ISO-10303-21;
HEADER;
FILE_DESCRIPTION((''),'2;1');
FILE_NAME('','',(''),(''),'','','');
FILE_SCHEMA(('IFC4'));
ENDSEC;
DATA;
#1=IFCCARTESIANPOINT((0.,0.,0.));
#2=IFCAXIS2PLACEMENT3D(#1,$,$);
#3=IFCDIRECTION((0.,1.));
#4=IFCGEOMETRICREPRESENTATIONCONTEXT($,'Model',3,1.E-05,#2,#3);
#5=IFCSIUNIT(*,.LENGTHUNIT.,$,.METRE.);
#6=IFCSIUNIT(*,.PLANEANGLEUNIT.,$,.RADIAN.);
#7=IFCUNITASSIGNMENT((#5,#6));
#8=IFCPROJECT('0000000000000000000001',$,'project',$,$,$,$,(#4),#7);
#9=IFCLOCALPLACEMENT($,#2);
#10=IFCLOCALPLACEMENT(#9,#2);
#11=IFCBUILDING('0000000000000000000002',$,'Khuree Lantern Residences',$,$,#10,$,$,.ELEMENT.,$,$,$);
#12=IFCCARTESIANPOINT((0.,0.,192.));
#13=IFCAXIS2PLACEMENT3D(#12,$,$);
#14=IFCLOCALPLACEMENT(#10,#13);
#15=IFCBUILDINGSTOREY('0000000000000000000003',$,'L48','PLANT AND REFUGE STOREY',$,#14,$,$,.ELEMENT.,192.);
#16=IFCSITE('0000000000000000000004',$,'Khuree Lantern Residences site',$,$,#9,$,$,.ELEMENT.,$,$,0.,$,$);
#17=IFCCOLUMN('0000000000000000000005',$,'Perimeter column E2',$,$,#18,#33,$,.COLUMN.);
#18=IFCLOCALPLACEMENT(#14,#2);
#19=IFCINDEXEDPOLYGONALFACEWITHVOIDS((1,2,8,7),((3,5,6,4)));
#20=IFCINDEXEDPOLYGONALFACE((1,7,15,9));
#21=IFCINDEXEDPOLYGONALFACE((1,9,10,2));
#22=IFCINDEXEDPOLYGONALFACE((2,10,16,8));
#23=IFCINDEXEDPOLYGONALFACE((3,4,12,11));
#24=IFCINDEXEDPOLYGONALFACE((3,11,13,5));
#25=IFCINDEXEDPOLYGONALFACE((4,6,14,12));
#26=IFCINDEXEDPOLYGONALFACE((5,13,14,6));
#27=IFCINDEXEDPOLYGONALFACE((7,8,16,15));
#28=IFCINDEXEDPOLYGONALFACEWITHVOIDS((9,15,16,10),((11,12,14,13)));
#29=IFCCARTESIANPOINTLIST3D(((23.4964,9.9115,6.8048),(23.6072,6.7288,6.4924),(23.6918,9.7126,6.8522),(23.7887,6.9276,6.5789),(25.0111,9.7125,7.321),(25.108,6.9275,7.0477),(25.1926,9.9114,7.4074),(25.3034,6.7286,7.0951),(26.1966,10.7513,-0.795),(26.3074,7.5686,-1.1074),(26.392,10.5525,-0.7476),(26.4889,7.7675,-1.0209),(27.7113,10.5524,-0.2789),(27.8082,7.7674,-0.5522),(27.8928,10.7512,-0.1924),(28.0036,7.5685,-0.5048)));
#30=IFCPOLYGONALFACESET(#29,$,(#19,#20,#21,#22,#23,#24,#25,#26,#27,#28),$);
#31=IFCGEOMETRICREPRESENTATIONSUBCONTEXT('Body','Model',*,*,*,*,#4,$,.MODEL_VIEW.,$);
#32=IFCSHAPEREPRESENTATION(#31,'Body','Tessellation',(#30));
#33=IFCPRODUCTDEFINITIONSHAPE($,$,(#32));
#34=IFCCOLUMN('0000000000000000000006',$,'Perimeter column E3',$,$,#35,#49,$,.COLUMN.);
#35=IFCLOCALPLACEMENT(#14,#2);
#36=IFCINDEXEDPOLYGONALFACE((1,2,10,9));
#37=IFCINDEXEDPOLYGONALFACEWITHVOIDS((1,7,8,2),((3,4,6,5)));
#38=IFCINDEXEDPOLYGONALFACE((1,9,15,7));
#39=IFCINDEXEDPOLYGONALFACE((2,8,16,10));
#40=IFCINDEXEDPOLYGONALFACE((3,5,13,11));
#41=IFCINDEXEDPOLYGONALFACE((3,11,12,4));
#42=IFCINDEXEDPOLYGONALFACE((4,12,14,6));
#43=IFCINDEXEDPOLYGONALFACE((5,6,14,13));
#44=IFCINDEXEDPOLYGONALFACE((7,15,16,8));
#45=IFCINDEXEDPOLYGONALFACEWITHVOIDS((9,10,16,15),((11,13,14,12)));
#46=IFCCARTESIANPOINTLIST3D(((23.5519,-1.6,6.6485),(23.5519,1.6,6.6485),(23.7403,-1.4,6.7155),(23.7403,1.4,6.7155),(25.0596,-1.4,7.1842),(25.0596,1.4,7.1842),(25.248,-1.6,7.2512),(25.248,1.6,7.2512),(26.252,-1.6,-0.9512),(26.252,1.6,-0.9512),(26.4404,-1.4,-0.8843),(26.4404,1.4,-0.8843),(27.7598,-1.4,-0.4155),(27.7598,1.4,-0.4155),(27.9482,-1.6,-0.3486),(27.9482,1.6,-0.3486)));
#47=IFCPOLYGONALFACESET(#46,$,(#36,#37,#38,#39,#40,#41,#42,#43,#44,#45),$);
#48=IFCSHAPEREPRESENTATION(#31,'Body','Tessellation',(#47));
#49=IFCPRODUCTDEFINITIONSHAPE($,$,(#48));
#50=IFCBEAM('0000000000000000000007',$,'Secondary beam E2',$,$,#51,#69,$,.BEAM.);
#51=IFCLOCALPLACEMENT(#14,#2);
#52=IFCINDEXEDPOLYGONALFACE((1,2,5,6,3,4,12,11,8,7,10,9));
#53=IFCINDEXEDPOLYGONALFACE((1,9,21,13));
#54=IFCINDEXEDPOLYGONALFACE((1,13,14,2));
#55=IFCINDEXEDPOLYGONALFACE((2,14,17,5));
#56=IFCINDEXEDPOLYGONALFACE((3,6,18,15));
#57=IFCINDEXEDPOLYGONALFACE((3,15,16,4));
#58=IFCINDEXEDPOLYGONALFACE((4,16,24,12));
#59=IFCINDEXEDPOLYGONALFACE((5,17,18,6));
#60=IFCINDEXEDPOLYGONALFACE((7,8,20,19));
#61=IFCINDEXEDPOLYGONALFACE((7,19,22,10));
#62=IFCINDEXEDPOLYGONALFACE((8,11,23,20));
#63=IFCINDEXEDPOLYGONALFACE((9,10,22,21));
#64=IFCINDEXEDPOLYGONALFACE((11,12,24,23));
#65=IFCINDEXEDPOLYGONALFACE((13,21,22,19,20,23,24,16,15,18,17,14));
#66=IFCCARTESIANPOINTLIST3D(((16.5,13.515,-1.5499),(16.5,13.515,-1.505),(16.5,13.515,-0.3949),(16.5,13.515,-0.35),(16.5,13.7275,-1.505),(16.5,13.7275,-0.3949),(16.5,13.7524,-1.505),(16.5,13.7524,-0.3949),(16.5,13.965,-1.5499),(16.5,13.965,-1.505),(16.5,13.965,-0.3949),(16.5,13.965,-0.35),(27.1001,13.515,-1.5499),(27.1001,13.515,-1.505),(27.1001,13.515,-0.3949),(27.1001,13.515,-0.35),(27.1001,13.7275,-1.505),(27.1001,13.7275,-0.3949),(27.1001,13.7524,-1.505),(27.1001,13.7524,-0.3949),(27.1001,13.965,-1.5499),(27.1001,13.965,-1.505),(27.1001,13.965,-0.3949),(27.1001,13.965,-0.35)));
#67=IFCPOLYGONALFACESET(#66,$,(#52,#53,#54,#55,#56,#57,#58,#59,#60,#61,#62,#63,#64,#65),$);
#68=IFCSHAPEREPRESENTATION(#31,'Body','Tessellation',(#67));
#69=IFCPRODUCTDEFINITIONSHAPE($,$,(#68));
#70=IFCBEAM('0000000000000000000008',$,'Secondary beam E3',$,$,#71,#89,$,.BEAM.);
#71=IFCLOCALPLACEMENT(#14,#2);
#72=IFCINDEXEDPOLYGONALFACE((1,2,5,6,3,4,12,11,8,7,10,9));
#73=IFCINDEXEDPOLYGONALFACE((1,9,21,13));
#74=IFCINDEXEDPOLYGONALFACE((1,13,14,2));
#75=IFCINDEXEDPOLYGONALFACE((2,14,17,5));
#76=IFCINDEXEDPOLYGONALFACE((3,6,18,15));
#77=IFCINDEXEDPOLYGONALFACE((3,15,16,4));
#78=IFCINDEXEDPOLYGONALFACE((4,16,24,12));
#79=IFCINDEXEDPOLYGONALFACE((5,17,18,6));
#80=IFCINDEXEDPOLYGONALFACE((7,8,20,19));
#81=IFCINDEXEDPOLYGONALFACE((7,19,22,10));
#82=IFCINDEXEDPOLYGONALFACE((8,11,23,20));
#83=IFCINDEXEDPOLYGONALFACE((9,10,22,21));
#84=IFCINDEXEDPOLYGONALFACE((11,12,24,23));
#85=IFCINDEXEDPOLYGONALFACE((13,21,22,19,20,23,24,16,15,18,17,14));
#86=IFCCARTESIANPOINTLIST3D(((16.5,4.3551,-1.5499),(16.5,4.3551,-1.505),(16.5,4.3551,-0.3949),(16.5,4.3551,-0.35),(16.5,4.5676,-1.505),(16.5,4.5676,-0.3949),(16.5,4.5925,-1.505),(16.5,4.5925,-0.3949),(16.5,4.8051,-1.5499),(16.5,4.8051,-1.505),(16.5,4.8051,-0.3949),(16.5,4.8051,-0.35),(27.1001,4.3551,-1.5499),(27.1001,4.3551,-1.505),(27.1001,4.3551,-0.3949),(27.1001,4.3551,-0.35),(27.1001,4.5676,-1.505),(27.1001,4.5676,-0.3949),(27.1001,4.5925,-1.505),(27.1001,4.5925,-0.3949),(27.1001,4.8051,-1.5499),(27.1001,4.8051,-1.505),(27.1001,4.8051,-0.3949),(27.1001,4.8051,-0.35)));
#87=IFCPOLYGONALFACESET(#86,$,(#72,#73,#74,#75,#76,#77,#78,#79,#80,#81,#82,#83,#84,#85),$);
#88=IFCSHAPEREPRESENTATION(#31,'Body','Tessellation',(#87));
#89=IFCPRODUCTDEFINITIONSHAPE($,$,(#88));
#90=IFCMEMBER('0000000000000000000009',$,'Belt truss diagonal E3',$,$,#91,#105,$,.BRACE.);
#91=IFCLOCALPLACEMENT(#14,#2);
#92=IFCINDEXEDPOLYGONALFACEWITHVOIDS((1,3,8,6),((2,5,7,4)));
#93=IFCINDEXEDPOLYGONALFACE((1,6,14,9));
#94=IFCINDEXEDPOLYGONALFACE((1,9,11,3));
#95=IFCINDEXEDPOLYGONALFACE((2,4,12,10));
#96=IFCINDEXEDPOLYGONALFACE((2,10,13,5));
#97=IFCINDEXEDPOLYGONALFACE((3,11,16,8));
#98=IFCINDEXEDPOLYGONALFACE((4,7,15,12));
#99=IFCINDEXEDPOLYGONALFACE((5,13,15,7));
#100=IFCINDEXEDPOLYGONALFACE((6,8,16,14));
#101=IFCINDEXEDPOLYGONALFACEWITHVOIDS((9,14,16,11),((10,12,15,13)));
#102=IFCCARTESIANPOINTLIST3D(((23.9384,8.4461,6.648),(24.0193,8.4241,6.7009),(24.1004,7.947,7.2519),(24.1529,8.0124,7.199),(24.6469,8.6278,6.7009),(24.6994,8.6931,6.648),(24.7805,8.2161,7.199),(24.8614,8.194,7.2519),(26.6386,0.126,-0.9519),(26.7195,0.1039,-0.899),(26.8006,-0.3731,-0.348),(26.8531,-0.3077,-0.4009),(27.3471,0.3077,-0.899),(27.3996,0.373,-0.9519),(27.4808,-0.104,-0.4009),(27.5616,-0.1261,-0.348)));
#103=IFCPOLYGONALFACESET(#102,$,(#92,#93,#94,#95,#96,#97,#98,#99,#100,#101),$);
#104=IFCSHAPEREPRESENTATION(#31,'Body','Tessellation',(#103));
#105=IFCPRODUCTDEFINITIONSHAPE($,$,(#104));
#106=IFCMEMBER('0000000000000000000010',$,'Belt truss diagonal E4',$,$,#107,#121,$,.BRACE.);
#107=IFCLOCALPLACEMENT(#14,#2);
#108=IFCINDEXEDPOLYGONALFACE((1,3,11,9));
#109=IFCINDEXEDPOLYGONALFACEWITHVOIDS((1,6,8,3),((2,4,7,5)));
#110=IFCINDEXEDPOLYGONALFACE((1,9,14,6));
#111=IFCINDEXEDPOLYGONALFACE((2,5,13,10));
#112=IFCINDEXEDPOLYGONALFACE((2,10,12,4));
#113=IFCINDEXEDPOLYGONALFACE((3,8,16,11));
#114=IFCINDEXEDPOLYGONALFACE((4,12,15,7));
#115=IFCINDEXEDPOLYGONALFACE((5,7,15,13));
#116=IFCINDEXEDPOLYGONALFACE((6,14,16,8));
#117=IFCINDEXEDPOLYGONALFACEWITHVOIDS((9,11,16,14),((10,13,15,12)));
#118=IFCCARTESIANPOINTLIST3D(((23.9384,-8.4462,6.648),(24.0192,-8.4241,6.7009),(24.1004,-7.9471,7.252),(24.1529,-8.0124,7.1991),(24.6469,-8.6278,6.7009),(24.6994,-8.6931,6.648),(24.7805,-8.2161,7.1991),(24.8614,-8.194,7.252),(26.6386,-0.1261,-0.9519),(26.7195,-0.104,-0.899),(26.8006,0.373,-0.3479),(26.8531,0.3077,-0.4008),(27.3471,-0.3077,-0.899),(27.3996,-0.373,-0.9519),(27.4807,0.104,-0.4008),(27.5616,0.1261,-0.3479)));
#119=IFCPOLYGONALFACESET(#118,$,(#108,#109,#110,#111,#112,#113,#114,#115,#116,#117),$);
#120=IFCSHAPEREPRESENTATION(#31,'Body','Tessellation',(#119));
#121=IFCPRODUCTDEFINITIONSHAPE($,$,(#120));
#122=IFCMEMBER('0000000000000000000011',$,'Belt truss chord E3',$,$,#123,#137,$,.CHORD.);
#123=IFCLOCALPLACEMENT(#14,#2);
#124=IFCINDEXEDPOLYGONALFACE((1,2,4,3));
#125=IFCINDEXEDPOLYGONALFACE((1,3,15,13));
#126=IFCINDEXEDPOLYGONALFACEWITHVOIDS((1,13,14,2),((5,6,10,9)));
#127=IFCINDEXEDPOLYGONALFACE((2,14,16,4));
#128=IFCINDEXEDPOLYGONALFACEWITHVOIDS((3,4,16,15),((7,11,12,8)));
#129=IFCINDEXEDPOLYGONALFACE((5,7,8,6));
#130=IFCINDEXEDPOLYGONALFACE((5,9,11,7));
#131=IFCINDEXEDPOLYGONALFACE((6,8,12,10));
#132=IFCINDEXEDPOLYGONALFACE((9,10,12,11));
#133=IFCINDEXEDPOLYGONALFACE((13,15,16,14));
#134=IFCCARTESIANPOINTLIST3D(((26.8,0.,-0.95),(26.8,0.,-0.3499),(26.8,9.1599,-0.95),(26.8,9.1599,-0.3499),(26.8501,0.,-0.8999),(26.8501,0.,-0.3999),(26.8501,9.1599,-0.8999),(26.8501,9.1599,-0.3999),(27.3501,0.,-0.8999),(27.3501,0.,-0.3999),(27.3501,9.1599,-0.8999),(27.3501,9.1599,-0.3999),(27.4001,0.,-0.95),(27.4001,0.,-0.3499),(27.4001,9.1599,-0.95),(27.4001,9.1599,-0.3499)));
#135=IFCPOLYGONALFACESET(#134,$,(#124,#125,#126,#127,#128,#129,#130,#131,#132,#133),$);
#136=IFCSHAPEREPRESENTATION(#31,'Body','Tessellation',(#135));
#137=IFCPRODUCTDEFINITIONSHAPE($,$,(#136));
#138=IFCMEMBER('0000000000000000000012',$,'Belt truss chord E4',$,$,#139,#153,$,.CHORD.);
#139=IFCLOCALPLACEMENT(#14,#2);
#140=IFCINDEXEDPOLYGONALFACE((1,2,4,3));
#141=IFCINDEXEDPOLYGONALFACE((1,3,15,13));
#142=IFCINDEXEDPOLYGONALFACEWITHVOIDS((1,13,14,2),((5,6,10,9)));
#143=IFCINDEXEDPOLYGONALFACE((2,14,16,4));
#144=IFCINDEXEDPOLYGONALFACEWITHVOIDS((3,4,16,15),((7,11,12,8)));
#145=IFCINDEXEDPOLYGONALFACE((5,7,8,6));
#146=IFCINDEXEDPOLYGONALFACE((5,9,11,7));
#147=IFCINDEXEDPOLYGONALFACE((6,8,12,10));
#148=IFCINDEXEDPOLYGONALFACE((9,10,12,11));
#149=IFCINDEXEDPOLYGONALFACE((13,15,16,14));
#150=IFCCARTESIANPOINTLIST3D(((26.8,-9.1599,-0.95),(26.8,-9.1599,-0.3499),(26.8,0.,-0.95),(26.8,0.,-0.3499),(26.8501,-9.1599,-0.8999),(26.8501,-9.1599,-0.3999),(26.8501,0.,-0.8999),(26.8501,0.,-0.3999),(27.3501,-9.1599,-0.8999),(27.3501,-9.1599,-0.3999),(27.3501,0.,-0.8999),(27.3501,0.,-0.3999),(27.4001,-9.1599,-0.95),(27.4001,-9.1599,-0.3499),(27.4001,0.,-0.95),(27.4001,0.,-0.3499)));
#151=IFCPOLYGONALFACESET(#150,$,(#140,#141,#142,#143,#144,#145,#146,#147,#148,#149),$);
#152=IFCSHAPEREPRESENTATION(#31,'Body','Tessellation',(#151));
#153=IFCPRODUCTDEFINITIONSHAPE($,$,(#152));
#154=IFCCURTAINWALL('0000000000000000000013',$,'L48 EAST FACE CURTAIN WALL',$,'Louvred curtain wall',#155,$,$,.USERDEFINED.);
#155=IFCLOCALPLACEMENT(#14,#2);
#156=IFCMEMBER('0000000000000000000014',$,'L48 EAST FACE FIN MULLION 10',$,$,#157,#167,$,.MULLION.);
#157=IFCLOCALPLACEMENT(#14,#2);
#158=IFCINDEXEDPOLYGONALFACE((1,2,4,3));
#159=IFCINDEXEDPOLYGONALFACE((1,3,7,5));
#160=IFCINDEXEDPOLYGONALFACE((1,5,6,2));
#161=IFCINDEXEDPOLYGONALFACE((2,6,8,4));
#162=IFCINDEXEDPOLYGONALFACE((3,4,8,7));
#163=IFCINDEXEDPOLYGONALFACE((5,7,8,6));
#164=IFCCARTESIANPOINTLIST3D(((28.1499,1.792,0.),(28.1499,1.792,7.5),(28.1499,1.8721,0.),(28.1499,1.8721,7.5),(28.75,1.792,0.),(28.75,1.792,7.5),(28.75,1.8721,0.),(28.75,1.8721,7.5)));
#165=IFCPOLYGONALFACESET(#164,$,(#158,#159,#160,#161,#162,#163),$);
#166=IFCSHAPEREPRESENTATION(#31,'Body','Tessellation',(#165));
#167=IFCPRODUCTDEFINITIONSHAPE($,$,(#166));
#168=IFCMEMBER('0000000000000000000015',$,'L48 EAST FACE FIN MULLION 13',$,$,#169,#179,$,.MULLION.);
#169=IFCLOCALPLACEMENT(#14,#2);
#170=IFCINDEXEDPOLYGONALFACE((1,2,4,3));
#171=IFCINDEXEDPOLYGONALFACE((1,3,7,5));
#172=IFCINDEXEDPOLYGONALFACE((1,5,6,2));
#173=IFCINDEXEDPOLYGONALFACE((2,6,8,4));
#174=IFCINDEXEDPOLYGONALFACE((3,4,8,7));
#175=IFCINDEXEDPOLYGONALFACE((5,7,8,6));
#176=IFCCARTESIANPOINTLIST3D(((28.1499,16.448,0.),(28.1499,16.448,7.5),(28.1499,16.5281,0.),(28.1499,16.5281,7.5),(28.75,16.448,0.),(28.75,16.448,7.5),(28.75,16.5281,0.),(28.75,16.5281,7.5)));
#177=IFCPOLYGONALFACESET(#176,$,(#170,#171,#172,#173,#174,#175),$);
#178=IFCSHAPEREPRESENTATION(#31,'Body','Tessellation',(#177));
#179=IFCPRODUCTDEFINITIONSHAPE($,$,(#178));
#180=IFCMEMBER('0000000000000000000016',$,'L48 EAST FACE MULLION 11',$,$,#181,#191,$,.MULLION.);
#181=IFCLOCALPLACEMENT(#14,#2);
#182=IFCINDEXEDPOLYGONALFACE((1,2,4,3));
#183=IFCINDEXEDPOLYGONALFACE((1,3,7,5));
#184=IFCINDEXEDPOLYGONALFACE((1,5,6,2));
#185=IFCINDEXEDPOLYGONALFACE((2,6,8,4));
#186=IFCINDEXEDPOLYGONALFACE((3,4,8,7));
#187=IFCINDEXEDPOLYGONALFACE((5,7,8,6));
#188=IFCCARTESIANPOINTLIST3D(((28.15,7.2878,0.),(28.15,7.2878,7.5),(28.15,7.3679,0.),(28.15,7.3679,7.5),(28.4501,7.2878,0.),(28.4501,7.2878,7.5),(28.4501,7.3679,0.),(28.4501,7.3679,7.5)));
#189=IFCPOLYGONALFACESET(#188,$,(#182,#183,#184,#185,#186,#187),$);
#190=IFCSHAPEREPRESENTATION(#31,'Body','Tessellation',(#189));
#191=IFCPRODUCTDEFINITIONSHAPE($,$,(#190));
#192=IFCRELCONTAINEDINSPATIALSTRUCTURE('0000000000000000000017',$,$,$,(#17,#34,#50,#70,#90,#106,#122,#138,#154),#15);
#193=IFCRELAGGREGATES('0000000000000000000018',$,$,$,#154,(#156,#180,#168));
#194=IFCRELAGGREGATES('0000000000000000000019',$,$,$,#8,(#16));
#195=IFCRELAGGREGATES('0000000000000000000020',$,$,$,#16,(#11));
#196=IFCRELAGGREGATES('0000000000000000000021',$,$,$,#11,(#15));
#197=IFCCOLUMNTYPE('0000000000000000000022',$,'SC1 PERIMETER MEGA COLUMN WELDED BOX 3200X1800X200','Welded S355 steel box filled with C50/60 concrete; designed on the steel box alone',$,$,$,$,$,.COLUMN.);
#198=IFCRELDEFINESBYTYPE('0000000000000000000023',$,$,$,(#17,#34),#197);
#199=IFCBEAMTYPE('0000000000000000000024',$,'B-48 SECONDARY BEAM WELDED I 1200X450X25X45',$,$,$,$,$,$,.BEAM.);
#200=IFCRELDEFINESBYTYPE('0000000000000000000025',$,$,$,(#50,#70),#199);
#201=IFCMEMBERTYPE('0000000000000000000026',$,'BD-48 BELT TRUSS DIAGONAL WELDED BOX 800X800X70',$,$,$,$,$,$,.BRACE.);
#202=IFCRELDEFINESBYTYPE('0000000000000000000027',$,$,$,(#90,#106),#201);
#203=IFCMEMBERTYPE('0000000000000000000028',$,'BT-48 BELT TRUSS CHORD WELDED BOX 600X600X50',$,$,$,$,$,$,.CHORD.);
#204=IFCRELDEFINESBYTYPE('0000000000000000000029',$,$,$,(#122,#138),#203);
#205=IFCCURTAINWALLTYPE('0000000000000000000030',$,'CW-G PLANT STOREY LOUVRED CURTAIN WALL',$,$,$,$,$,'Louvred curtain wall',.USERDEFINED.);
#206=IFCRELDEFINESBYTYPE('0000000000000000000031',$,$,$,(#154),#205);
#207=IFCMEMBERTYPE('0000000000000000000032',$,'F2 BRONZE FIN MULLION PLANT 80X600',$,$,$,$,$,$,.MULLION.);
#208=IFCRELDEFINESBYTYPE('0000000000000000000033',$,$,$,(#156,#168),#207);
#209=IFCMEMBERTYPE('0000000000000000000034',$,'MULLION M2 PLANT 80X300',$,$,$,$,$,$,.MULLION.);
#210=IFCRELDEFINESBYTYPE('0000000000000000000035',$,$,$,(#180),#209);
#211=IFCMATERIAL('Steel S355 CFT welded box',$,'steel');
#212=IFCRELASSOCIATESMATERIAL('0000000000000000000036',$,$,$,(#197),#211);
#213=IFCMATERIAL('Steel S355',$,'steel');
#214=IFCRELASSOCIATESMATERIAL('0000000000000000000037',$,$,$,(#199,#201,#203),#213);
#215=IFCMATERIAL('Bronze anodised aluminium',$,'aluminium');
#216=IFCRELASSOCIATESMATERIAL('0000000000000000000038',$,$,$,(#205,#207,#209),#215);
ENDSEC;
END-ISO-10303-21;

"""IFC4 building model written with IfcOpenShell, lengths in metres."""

from ifc_helpers import new_model, si_unit, direction, frame, origin, origin_2d, place, context, subcontext, project, spatial, rectangle, hollow_rectangle, i_section, extrude, material, material_profile, profile_set, type_object, element, aggregate, save


model = new_model("IFC4")

# Units and contexts
model_context = context("Model", 3, precision=1e-05, world=origin(), true_north=direction((0.0, 1.0)))
body_context = subcontext(model_context, "Body", "Model", "MODEL_VIEW")
ifc_project = project(units=[si_unit("LENGTHUNIT", "METRE"), si_unit("PLANEANGLEUNIT", "RADIAN")], contexts=[model_context])

# Site, building, storey
site_placement = place(None, origin())
site = spatial("IfcSite", under=ifc_project, at=site_placement, Name="Khuree Lantern Residences site", CompositionType="ELEMENT", RefElevation=0.0)
building_placement = place(site_placement, origin())
building = spatial("IfcBuilding", under=site, at=building_placement, Name="Khuree Lantern Residences", CompositionType="ELEMENT")
storey_placement = place(building_placement, frame((0.0, 0.0, 192.0)))
storey = spatial("IfcBuildingStorey", under=building, at=storey_placement, Name="L48", Description="PLANT AND REFUGE STOREY", CompositionType="ELEMENT", Elevation=192.0)

# Columns
ifc_material_1 = material(Name="Steel S355 CFT welded box", Category="steel")
ifc_material_profile_1 = material_profile(ifc_material_1, hollow_rectangle(XDim=3.2, YDim=1.8, WallThickness=0.2, at=origin_2d()), Name="WELDED BOX 3200X1800X200")
ifc_profile_set_1 = profile_set([ifc_material_profile_1], Name="Steel S355 CFT welded box")
column_type = type_object("IfcColumnType", Name="SC1 PERIMETER MEGA COLUMN WELDED BOX 3200X1800X200", Description="Welded S355 steel box filled with C50/60 concrete; designed on the steel box alone", PredefinedType="COLUMN", material=ifc_profile_set_1)
column_1_placement = place(storey_placement, frame((27.1001, 9.1599, -0.6499), z_axis=(-0.332992, -0.103571, 0.937224), x_axis=(-0.034607, 0.994622, 0.097618)))
element("IfcColumn", 1, at=column_1_placement, inside=storey, type_object=column_type, Name="Perimeter column E2", PredefinedType="COLUMN", context=body_context, shape_type="SweptSolid", body=[
    extrude(hollow_rectangle(XDim=3.2, YDim=1.8, WallThickness=0.2, at=origin_2d()), origin(), (0.0, 0.0, 1.0), 8.1089),
])
column_2_placement = place(storey_placement, frame((27.1001, 0.0, -0.6499), z_axis=(-0.334792, 0.0, 0.942292), x_axis=(0.0, 1.0, 0.0)))
element("IfcColumn", 2, at=column_2_placement, inside=storey, type_object=column_type, Name="Perimeter column E3", PredefinedType="COLUMN", context=body_context, shape_type="SweptSolid", body=[
    extrude(hollow_rectangle(XDim=3.2, YDim=1.8, WallThickness=0.2, at=origin_2d()), origin(), (0.0, 0.0, 1.0), 8.0652),
])

# Beams
ifc_material_2 = material(Name="Steel S355", Category="steel")
ifc_material_profile_2 = material_profile(ifc_material_2, i_section(OverallWidth=0.45, OverallDepth=1.2, WebThickness=0.0249, FlangeThickness=0.0449, at=origin_2d()), Name="WELDED I 1200X450X25X45")
ifc_profile_set_2 = profile_set([ifc_material_profile_2], Name="Steel S355")
beam_type = type_object("IfcBeamType", Name="B-48 SECONDARY BEAM WELDED I 1200X450X25X45", PredefinedType="BEAM", material=ifc_profile_set_2)
for number, where, z_axis, x_axis, name in (
    (3, (27.1001, 13.74, -0.95), (-1.0, 0.0, 0.0), (0.0, -1.0, 0.0), "Secondary beam E2"),
    (4, (27.1001, 4.5801, -0.95), (-1.0, 0.0, 0.0), (0.0, -1.0, 0.0), "Secondary beam E3"),
):
    element("IfcBeam", number, at=place(storey_placement, frame(where, z_axis=z_axis, x_axis=x_axis)), inside=storey, type_object=beam_type, Name=name, PredefinedType="BEAM", context=body_context, shape_type="SweptSolid", body=[
        extrude(i_section(OverallWidth=0.45, OverallDepth=1.2, WebThickness=0.0249, FlangeThickness=0.0449, at=origin_2d()), origin(), (0.0, 0.0, 1.0), 10.6001),
    ])

# Members
ifc_material_profile_3 = material_profile(ifc_material_2, hollow_rectangle(XDim=0.8, YDim=0.8, WallThickness=0.0701, at=origin_2d()), Name="WELDED BOX 800X800X70")
ifc_profile_set_3 = profile_set([ifc_material_profile_3], Name="Steel S355")
member_type_1 = type_object("IfcMemberType", Name="BD-48 BELT TRUSS DIAGONAL WELDED BOX 800X800X70", PredefinedType="BRACE", material=ifc_profile_set_3)
for number, where, z_axis, x_axis, name in (
    (5, (24.3999, 8.3201, 6.95), (0.233025, -0.718015, -0.655861), (0.951163, 0.30869, 0.0), "Belt truss diagonal E3"),
    (6, (27.1001, 0.0, -0.6499), (-0.233025, -0.718015, 0.655861), (0.951163, -0.30869, 0.0), "Belt truss diagonal E4"),
):
    element("IfcMember", number, at=place(storey_placement, frame(where, z_axis=z_axis, x_axis=x_axis)), inside=storey, type_object=member_type_1, Name=name, PredefinedType="BRACE", context=body_context, shape_type="SweptSolid", body=[
        extrude(hollow_rectangle(XDim=0.8, YDim=0.8, WallThickness=0.0701, at=origin_2d()), origin(), (0.0, 0.0, 1.0), 11.5876),
    ])
ifc_material_profile_4 = material_profile(ifc_material_2, hollow_rectangle(XDim=0.6001, YDim=0.6001, WallThickness=0.05, at=origin_2d()), Name="WELDED BOX 600X600X50")
ifc_profile_set_4 = profile_set([ifc_material_profile_4], Name="Steel S355")
member_type_2 = type_object("IfcMemberType", Name="BT-48 BELT TRUSS CHORD WELDED BOX 600X600X50", PredefinedType="CHORD", material=ifc_profile_set_4)
for number, where, z_axis, x_axis, name in (
    (7, (27.1001, 9.1599, -0.6499), (0.0, -1.0, 0.0), (1.0, 0.0, 0.0), "Belt truss chord E3"),
    (8, (27.1001, 0.0, -0.6499), (0.0, -1.0, 0.0), (1.0, 0.0, 0.0), "Belt truss chord E4"),
):
    element("IfcMember", number, at=place(storey_placement, frame(where, z_axis=z_axis, x_axis=x_axis)), inside=storey, type_object=member_type_2, Name=name, PredefinedType="CHORD", context=body_context, shape_type="SweptSolid", body=[
        extrude(hollow_rectangle(XDim=0.6001, YDim=0.6001, WallThickness=0.05, at=origin_2d()), origin(), (0.0, 0.0, 1.0), 9.1599),
    ])

# Curtain wall, members
ifc_material_3 = material(Name="Bronze anodised aluminium", Category="aluminium")
curtain_wall_type = type_object("IfcCurtainWallType", Name="CW-G PLANT STOREY LOUVRED CURTAIN WALL", ElementType="Louvred curtain wall", PredefinedType="USERDEFINED", material=ifc_material_3)
curtain_wall_placement = place(storey_placement, origin())
curtain_wall = element("IfcCurtainWall", 9, at=curtain_wall_placement, inside=storey, type_object=curtain_wall_type, Name="L48 EAST FACE CURTAIN WALL", ObjectType="Louvred curtain wall", PredefinedType="USERDEFINED")
ifc_material_profile_5 = material_profile(ifc_material_3, rectangle(XDim=0.0801, YDim=0.6001, at=origin_2d()), Name="F2 80X600")
ifc_profile_set_5 = profile_set([ifc_material_profile_5], Name="Bronze anodised aluminium")
member_type_3 = type_object("IfcMemberType", Name="F2 BRONZE FIN MULLION PLANT 80X600", PredefinedType="MULLION", material=ifc_profile_set_5)
member_1_placement = place(storey_placement, frame((28.45, 1.832, 0.0), z_axis=(0.0, 0.0, 1.0), x_axis=(0.0, 1.0, 0.0)))
member_1 = element("IfcMember", 10, at=member_1_placement, type_object=member_type_3, Name="L48 EAST FACE FIN MULLION 10", PredefinedType="MULLION", context=body_context, shape_type="SweptSolid", body=[
    extrude(rectangle(XDim=0.0801, YDim=0.6001, at=origin_2d()), origin(), (0.0, 0.0, 1.0), 7.5),
])
member_2_placement = place(storey_placement, frame((28.45, 16.488, 0.0), z_axis=(0.0, 0.0, 1.0), x_axis=(0.0, 1.0, 0.0)))
member_2 = element("IfcMember", 11, at=member_2_placement, type_object=member_type_3, Name="L48 EAST FACE FIN MULLION 13", PredefinedType="MULLION", context=body_context, shape_type="SweptSolid", body=[
    extrude(rectangle(XDim=0.0801, YDim=0.6001, at=origin_2d()), origin(), (0.0, 0.0, 1.0), 7.5),
])
ifc_material_profile_6 = material_profile(ifc_material_3, rectangle(XDim=0.0801, YDim=0.3, at=origin_2d()), Name="M2 80X300")
ifc_profile_set_6 = profile_set([ifc_material_profile_6], Name="Bronze anodised aluminium")
member_type_4 = type_object("IfcMemberType", Name="MULLION M2 PLANT 80X300", PredefinedType="MULLION", material=ifc_profile_set_6)
member_3_placement = place(storey_placement, frame((28.3, 7.3279, 0.0), z_axis=(0.0, 0.0, 1.0), x_axis=(0.0, 1.0, 0.0)))
member_3 = element("IfcMember", 12, at=member_3_placement, type_object=member_type_4, Name="L48 EAST FACE MULLION 11", PredefinedType="MULLION", context=body_context, shape_type="SweptSolid", body=[
    extrude(rectangle(XDim=0.0801, YDim=0.3, at=origin_2d()), origin(), (0.0, 0.0, 1.0), 7.5),
])

aggregate(curtain_wall, [member_1, member_3, member_2])

save(model, "model.ifc")
